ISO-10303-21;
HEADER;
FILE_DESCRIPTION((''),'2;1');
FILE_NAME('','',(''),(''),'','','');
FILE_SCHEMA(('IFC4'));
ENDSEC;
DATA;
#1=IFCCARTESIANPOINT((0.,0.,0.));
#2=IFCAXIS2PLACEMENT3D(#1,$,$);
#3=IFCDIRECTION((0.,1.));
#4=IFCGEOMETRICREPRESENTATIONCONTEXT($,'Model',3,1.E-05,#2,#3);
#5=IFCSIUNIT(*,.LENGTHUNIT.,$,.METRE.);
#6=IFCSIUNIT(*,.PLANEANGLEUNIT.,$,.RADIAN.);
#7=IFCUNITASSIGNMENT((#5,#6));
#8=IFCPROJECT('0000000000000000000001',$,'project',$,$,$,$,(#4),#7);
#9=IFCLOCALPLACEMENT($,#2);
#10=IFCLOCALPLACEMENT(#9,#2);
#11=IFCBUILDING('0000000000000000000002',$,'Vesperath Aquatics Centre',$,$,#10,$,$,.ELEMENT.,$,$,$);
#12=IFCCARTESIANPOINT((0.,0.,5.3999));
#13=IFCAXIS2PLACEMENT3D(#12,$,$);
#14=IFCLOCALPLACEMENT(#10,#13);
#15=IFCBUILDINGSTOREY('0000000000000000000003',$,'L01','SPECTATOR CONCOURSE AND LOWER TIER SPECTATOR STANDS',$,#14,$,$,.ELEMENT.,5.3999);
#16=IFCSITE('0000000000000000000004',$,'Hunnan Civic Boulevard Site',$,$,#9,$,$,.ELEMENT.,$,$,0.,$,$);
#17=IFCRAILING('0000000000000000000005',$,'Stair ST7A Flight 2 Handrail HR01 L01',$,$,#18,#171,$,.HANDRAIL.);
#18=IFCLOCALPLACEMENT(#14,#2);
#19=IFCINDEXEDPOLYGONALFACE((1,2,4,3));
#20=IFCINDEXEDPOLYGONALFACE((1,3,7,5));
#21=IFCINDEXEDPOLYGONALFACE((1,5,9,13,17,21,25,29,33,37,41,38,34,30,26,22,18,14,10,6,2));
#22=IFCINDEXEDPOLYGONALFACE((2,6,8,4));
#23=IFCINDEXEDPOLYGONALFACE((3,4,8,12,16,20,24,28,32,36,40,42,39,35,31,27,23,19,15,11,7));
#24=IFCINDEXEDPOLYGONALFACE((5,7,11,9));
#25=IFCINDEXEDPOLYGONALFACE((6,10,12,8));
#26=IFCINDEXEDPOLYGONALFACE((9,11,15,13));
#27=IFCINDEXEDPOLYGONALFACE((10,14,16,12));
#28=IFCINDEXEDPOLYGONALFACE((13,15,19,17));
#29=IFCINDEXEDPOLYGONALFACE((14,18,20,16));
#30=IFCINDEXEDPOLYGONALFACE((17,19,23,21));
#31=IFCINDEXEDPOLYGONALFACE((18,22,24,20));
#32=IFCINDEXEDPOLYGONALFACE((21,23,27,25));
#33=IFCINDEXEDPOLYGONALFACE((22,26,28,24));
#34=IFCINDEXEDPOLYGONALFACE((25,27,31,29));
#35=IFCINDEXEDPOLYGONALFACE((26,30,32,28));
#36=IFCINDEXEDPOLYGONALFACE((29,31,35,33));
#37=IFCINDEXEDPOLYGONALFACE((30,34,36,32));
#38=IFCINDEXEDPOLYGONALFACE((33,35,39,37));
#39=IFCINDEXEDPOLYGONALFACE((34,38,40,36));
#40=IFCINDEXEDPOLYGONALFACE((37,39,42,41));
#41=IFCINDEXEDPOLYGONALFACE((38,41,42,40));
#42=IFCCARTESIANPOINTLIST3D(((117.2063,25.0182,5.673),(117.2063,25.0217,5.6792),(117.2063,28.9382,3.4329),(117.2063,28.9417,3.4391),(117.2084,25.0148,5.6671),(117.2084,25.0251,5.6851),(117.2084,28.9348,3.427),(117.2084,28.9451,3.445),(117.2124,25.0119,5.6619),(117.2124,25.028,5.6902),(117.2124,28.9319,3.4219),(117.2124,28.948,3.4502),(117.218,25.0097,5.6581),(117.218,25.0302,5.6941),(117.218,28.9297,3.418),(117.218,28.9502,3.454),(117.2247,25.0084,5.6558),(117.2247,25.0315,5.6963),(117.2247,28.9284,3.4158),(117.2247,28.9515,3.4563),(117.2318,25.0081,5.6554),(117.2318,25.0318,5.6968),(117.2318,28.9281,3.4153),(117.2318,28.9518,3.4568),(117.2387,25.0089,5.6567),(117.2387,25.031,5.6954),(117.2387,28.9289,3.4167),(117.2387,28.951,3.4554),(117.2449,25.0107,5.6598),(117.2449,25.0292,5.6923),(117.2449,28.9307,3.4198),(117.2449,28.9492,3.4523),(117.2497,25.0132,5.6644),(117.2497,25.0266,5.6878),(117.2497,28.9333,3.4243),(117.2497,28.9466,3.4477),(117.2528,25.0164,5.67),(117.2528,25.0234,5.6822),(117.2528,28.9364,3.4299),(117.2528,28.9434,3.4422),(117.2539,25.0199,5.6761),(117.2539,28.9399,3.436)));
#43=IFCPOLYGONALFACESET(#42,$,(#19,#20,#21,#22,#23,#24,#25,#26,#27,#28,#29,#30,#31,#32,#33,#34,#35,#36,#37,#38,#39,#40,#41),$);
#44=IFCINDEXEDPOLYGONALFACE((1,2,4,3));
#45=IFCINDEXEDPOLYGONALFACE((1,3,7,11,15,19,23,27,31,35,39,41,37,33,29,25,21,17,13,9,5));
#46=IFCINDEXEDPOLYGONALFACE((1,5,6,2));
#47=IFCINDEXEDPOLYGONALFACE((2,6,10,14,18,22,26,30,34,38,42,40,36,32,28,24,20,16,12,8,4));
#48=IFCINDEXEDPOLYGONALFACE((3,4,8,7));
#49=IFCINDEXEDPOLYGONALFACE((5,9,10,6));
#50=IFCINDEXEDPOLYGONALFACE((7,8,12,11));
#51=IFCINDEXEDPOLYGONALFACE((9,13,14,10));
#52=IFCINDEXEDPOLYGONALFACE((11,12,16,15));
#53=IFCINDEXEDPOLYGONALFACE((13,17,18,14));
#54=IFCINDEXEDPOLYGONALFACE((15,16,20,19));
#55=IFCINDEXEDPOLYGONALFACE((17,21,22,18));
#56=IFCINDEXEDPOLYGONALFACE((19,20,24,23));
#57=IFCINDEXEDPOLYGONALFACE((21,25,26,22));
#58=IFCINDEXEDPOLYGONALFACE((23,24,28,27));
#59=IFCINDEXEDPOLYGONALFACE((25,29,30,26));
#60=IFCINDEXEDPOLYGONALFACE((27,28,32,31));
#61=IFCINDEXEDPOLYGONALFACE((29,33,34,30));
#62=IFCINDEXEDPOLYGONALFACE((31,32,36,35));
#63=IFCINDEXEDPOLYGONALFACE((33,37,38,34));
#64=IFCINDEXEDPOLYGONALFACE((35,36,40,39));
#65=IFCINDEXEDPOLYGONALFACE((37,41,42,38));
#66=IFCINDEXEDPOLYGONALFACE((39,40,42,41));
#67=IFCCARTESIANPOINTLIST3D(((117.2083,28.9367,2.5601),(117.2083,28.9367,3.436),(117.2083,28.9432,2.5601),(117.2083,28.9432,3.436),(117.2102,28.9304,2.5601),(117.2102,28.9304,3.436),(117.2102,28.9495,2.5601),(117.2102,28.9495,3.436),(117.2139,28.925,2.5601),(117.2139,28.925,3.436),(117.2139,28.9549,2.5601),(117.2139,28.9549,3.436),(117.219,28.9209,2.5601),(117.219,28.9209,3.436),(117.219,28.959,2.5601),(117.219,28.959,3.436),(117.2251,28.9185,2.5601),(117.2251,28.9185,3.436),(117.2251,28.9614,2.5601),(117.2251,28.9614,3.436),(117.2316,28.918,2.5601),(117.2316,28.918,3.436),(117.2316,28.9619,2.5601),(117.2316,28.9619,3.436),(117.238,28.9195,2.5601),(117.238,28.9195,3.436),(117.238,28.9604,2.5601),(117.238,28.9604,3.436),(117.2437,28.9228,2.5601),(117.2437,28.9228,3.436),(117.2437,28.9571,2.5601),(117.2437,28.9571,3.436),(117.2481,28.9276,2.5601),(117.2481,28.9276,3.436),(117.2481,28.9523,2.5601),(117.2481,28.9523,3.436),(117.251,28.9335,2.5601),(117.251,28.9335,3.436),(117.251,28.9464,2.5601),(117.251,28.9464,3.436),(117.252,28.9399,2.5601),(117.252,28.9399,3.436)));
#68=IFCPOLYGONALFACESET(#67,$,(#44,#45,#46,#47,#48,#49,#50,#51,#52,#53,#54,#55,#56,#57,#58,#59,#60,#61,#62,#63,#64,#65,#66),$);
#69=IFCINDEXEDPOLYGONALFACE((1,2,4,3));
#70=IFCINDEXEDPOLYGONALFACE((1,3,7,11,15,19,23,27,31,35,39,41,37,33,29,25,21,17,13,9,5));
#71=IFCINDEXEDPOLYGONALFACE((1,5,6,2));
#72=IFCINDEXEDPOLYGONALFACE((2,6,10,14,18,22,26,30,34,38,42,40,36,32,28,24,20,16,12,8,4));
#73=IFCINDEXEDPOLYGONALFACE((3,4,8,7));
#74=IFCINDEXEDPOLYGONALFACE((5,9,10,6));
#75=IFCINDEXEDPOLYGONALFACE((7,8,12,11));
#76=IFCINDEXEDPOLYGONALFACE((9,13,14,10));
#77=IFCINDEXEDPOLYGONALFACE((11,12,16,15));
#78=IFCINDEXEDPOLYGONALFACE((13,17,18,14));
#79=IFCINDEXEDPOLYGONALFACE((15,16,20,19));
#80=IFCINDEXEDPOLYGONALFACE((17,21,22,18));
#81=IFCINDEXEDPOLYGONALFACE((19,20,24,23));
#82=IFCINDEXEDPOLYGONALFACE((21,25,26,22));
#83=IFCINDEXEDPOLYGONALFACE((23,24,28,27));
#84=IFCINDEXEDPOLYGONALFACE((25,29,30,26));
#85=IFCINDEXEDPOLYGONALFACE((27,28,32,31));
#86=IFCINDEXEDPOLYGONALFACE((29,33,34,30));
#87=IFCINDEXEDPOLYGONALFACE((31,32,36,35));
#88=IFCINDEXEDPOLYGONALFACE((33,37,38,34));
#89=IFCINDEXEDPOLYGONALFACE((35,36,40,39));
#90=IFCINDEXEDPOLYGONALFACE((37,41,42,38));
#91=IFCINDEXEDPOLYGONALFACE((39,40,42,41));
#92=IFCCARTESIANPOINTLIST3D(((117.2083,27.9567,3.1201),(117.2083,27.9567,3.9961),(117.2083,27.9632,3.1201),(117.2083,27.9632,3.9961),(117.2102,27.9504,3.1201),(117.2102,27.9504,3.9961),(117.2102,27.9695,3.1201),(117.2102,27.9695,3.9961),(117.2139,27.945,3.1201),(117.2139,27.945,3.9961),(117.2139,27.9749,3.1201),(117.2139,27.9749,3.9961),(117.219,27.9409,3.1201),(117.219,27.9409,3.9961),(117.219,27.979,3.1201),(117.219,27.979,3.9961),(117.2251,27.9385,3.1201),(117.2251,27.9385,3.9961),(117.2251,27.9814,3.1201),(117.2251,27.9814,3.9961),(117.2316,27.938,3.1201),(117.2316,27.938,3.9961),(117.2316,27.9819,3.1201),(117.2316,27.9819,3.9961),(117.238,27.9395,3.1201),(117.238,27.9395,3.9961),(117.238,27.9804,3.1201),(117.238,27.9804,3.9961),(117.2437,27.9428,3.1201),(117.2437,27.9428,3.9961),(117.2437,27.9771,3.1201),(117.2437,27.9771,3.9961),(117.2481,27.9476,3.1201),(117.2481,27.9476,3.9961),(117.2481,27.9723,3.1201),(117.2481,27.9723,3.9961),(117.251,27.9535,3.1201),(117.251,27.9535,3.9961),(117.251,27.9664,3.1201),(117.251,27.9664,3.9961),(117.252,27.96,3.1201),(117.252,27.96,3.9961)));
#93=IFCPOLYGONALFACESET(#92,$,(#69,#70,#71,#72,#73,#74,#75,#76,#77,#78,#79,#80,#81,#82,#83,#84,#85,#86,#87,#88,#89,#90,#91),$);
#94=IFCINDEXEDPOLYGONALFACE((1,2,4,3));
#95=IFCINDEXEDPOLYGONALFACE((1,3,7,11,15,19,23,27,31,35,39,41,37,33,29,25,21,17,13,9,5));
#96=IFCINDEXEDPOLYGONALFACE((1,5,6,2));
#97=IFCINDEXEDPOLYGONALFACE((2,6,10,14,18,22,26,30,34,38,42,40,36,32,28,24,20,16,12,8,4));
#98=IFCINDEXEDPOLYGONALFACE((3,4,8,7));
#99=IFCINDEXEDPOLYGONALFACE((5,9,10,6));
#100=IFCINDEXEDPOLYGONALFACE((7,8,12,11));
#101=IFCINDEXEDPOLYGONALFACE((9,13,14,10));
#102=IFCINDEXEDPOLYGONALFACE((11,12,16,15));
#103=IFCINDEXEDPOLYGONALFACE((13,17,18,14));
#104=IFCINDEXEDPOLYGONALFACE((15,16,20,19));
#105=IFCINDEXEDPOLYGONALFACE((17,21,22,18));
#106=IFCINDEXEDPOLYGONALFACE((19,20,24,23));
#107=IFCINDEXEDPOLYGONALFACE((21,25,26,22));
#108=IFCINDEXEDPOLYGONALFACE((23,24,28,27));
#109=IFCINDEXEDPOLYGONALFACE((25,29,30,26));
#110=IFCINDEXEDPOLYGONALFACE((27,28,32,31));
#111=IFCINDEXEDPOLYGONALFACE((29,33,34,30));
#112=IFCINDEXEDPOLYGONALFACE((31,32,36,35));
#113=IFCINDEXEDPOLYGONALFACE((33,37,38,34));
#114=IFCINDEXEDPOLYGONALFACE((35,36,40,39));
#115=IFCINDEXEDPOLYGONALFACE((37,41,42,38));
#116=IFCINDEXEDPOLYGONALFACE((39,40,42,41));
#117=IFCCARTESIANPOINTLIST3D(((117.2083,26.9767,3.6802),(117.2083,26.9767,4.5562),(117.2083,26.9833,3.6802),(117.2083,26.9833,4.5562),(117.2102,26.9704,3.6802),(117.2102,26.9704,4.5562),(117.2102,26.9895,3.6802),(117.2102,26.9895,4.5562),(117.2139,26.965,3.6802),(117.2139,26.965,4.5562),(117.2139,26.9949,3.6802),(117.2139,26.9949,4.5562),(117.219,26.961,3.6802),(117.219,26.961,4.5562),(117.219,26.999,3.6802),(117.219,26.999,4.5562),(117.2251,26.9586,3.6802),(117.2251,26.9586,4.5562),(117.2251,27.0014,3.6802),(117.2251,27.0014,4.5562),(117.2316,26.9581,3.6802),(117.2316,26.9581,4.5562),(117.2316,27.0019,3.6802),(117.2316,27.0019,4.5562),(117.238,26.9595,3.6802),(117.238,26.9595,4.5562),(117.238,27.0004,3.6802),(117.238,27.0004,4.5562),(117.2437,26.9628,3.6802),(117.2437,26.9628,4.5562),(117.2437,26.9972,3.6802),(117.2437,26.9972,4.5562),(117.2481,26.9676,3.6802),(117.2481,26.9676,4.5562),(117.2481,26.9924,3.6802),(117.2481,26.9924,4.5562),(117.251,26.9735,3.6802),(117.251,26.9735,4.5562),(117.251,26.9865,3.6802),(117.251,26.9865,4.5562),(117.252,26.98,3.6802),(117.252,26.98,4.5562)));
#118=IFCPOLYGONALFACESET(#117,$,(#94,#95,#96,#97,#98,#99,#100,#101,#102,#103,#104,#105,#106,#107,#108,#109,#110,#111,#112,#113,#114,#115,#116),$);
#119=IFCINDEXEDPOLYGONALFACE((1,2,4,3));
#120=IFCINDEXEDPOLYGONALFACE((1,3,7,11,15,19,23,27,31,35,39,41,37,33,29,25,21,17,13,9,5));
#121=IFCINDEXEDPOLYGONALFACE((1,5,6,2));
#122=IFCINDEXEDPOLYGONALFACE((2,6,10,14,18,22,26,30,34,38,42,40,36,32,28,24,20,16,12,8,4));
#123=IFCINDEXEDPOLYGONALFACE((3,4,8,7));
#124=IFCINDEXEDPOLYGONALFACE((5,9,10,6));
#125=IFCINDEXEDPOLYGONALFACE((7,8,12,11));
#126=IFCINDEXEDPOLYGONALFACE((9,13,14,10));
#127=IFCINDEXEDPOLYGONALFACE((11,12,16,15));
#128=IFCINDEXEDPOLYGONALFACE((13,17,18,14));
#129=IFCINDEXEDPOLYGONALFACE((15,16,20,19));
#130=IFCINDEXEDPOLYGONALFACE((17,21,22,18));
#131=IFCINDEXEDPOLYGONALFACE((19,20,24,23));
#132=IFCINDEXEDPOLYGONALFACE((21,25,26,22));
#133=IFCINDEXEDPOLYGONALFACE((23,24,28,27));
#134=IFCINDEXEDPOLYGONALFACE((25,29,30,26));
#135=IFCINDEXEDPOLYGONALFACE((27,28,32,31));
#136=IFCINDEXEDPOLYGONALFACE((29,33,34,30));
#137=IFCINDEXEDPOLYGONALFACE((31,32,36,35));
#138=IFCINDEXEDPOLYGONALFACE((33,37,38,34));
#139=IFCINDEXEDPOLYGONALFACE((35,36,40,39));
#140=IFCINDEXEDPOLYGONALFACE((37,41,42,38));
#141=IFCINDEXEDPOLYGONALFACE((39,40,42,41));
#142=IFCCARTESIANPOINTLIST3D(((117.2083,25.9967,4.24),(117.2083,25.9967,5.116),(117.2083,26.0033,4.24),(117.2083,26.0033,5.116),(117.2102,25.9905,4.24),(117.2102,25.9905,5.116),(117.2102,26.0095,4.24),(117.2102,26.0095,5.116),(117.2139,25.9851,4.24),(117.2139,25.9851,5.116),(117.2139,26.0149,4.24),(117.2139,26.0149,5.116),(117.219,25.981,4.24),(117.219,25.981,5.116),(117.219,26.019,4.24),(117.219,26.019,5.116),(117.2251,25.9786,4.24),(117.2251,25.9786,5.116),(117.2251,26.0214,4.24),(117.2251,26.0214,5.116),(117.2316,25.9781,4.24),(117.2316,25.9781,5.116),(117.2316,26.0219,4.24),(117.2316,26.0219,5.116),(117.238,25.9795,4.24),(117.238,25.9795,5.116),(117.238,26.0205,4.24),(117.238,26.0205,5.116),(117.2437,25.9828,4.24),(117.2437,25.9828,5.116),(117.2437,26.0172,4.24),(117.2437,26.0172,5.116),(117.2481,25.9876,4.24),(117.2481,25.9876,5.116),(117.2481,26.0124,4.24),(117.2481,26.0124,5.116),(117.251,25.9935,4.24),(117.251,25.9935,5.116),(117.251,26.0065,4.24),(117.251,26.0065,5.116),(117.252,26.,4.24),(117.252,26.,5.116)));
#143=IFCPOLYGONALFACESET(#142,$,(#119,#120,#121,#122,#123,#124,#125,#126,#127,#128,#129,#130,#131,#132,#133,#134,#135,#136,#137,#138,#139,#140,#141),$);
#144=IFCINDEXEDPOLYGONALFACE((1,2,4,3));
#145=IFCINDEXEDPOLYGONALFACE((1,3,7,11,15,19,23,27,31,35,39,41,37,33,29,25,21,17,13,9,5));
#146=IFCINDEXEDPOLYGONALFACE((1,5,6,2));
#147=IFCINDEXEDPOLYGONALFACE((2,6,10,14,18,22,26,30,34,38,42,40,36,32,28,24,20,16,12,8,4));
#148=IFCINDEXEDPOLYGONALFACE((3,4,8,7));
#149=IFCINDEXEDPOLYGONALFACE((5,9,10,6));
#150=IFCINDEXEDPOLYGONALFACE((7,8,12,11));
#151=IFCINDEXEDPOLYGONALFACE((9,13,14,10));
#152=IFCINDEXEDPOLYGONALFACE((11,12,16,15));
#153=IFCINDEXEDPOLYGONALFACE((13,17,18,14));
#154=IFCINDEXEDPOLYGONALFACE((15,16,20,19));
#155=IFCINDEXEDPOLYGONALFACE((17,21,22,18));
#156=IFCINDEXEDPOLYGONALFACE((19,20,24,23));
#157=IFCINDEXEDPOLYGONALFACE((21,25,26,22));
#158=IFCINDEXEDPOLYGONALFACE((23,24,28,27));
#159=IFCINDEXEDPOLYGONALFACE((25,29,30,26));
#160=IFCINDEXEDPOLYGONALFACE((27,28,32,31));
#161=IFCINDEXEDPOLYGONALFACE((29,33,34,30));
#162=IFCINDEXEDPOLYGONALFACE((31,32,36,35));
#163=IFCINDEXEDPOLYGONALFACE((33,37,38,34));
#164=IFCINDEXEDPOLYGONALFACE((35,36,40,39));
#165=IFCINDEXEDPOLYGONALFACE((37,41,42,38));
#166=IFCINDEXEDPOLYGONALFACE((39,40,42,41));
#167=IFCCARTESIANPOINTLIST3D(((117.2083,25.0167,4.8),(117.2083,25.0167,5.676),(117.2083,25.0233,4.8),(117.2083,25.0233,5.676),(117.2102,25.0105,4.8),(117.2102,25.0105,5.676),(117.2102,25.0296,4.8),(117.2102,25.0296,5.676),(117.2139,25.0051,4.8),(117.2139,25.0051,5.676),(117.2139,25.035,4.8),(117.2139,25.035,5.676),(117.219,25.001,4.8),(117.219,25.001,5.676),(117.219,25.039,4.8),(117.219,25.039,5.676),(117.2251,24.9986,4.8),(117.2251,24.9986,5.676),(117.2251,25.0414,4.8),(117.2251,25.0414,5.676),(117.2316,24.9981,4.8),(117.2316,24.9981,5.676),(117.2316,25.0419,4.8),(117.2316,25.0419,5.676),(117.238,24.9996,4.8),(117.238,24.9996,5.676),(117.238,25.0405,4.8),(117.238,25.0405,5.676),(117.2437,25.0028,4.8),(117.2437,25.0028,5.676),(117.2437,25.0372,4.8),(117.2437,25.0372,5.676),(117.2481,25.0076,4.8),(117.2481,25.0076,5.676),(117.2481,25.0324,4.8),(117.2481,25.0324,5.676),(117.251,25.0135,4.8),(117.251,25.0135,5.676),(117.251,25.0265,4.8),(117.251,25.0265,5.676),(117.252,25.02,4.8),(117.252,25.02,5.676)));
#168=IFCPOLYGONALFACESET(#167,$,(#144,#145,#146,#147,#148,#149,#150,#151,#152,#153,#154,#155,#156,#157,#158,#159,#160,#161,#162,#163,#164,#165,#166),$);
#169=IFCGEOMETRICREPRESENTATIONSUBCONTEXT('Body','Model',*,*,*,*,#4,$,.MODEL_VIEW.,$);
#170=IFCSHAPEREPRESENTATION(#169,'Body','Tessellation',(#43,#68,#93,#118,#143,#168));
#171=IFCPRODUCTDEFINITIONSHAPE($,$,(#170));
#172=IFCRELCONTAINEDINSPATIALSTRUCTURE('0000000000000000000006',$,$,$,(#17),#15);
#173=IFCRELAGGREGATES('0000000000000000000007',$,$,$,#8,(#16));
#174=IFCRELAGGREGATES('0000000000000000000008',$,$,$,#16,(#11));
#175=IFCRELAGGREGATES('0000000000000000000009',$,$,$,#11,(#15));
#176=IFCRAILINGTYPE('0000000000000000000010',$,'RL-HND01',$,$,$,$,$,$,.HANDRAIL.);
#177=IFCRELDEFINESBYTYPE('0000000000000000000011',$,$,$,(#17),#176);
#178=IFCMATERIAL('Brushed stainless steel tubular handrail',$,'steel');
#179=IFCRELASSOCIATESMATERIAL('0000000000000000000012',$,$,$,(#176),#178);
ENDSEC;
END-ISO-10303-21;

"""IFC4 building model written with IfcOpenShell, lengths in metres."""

from ifc_helpers import new_model, si_unit, direction, frame, origin, origin_2d, place, context, subcontext, project, spatial, circle, extrude, material, type_object, element, save


model = new_model("IFC4")

# Units and contexts
model_context = context("Model", 3, precision=1e-05, world=origin(), true_north=direction((0.0, 1.0)))
body_context = subcontext(model_context, "Body", "Model", "MODEL_VIEW")
ifc_project = project(units=[si_unit("LENGTHUNIT", "METRE"), si_unit("PLANEANGLEUNIT", "RADIAN")], contexts=[model_context])

# Site, building, storey
site_placement = place(None, origin())
site = spatial("IfcSite", under=ifc_project, at=site_placement, Name="Hunnan Civic Boulevard Site", CompositionType="ELEMENT", RefElevation=0.0)
building_placement = place(site_placement, origin())
building = spatial("IfcBuilding", under=site, at=building_placement, Name="Vesperath Aquatics Centre", CompositionType="ELEMENT")
storey_placement = place(building_placement, frame((0.0, 0.0, 5.3999)))
storey = spatial("IfcBuildingStorey", under=building, at=storey_placement, Name="L01", Description="SPECTATOR CONCOURSE AND LOWER TIER SPECTATOR STANDS", CompositionType="ELEMENT", Elevation=5.3999)

# Railing
ifc_material_1 = material(Name="Brushed stainless steel tubular handrail", Category="steel")
railing_type_1 = type_object("IfcRailingType", Name="RL-HND01", PredefinedType="HANDRAIL", material=ifc_material_1)
for number, where, name in (
    (1, (117.23, 28.9399, 2.5601), "Stair ST7A Flight 2 Handrail HR01 L01"),
):
    element("IfcRailing", number, at=place(storey_placement, frame(where)), inside=storey, type_object=railing_type_1, Name=name, PredefinedType="HANDRAIL", context=body_context, shape_type="SweptSolid", body=[
        extrude(circle(Radius=0.0239, at=origin_2d()), frame((0.0, 0.0, 0.876), z_axis=(0.0, -0.86824, 0.496145), x_axis=(1.0, 0.0, 0.0)), (0.0, 0.0, 1.0), 4.5149),
        extrude(circle(Radius=0.022, at=origin_2d()), origin(), (0.0, 0.0, 1.0), 0.876),
        extrude(circle(Radius=0.022, at=origin_2d()), frame((0.0, -0.98, 0.5601)), (0.0, 0.0, 1.0), 0.876),
        extrude(circle(Radius=0.022, at=origin_2d()), frame((0.0, -1.96, 1.1201)), (0.0, 0.0, 1.0), 0.876),
        extrude(circle(Radius=0.022, at=origin_2d()), frame((0.0, -2.9399, 1.6799)), (0.0, 0.0, 1.0), 0.876),
        extrude(circle(Radius=0.022, at=origin_2d()), frame((0.0, -3.9199, 2.24)), (0.0, 0.0, 1.0), 0.876),
    ])

save(model, "model.ifc")
